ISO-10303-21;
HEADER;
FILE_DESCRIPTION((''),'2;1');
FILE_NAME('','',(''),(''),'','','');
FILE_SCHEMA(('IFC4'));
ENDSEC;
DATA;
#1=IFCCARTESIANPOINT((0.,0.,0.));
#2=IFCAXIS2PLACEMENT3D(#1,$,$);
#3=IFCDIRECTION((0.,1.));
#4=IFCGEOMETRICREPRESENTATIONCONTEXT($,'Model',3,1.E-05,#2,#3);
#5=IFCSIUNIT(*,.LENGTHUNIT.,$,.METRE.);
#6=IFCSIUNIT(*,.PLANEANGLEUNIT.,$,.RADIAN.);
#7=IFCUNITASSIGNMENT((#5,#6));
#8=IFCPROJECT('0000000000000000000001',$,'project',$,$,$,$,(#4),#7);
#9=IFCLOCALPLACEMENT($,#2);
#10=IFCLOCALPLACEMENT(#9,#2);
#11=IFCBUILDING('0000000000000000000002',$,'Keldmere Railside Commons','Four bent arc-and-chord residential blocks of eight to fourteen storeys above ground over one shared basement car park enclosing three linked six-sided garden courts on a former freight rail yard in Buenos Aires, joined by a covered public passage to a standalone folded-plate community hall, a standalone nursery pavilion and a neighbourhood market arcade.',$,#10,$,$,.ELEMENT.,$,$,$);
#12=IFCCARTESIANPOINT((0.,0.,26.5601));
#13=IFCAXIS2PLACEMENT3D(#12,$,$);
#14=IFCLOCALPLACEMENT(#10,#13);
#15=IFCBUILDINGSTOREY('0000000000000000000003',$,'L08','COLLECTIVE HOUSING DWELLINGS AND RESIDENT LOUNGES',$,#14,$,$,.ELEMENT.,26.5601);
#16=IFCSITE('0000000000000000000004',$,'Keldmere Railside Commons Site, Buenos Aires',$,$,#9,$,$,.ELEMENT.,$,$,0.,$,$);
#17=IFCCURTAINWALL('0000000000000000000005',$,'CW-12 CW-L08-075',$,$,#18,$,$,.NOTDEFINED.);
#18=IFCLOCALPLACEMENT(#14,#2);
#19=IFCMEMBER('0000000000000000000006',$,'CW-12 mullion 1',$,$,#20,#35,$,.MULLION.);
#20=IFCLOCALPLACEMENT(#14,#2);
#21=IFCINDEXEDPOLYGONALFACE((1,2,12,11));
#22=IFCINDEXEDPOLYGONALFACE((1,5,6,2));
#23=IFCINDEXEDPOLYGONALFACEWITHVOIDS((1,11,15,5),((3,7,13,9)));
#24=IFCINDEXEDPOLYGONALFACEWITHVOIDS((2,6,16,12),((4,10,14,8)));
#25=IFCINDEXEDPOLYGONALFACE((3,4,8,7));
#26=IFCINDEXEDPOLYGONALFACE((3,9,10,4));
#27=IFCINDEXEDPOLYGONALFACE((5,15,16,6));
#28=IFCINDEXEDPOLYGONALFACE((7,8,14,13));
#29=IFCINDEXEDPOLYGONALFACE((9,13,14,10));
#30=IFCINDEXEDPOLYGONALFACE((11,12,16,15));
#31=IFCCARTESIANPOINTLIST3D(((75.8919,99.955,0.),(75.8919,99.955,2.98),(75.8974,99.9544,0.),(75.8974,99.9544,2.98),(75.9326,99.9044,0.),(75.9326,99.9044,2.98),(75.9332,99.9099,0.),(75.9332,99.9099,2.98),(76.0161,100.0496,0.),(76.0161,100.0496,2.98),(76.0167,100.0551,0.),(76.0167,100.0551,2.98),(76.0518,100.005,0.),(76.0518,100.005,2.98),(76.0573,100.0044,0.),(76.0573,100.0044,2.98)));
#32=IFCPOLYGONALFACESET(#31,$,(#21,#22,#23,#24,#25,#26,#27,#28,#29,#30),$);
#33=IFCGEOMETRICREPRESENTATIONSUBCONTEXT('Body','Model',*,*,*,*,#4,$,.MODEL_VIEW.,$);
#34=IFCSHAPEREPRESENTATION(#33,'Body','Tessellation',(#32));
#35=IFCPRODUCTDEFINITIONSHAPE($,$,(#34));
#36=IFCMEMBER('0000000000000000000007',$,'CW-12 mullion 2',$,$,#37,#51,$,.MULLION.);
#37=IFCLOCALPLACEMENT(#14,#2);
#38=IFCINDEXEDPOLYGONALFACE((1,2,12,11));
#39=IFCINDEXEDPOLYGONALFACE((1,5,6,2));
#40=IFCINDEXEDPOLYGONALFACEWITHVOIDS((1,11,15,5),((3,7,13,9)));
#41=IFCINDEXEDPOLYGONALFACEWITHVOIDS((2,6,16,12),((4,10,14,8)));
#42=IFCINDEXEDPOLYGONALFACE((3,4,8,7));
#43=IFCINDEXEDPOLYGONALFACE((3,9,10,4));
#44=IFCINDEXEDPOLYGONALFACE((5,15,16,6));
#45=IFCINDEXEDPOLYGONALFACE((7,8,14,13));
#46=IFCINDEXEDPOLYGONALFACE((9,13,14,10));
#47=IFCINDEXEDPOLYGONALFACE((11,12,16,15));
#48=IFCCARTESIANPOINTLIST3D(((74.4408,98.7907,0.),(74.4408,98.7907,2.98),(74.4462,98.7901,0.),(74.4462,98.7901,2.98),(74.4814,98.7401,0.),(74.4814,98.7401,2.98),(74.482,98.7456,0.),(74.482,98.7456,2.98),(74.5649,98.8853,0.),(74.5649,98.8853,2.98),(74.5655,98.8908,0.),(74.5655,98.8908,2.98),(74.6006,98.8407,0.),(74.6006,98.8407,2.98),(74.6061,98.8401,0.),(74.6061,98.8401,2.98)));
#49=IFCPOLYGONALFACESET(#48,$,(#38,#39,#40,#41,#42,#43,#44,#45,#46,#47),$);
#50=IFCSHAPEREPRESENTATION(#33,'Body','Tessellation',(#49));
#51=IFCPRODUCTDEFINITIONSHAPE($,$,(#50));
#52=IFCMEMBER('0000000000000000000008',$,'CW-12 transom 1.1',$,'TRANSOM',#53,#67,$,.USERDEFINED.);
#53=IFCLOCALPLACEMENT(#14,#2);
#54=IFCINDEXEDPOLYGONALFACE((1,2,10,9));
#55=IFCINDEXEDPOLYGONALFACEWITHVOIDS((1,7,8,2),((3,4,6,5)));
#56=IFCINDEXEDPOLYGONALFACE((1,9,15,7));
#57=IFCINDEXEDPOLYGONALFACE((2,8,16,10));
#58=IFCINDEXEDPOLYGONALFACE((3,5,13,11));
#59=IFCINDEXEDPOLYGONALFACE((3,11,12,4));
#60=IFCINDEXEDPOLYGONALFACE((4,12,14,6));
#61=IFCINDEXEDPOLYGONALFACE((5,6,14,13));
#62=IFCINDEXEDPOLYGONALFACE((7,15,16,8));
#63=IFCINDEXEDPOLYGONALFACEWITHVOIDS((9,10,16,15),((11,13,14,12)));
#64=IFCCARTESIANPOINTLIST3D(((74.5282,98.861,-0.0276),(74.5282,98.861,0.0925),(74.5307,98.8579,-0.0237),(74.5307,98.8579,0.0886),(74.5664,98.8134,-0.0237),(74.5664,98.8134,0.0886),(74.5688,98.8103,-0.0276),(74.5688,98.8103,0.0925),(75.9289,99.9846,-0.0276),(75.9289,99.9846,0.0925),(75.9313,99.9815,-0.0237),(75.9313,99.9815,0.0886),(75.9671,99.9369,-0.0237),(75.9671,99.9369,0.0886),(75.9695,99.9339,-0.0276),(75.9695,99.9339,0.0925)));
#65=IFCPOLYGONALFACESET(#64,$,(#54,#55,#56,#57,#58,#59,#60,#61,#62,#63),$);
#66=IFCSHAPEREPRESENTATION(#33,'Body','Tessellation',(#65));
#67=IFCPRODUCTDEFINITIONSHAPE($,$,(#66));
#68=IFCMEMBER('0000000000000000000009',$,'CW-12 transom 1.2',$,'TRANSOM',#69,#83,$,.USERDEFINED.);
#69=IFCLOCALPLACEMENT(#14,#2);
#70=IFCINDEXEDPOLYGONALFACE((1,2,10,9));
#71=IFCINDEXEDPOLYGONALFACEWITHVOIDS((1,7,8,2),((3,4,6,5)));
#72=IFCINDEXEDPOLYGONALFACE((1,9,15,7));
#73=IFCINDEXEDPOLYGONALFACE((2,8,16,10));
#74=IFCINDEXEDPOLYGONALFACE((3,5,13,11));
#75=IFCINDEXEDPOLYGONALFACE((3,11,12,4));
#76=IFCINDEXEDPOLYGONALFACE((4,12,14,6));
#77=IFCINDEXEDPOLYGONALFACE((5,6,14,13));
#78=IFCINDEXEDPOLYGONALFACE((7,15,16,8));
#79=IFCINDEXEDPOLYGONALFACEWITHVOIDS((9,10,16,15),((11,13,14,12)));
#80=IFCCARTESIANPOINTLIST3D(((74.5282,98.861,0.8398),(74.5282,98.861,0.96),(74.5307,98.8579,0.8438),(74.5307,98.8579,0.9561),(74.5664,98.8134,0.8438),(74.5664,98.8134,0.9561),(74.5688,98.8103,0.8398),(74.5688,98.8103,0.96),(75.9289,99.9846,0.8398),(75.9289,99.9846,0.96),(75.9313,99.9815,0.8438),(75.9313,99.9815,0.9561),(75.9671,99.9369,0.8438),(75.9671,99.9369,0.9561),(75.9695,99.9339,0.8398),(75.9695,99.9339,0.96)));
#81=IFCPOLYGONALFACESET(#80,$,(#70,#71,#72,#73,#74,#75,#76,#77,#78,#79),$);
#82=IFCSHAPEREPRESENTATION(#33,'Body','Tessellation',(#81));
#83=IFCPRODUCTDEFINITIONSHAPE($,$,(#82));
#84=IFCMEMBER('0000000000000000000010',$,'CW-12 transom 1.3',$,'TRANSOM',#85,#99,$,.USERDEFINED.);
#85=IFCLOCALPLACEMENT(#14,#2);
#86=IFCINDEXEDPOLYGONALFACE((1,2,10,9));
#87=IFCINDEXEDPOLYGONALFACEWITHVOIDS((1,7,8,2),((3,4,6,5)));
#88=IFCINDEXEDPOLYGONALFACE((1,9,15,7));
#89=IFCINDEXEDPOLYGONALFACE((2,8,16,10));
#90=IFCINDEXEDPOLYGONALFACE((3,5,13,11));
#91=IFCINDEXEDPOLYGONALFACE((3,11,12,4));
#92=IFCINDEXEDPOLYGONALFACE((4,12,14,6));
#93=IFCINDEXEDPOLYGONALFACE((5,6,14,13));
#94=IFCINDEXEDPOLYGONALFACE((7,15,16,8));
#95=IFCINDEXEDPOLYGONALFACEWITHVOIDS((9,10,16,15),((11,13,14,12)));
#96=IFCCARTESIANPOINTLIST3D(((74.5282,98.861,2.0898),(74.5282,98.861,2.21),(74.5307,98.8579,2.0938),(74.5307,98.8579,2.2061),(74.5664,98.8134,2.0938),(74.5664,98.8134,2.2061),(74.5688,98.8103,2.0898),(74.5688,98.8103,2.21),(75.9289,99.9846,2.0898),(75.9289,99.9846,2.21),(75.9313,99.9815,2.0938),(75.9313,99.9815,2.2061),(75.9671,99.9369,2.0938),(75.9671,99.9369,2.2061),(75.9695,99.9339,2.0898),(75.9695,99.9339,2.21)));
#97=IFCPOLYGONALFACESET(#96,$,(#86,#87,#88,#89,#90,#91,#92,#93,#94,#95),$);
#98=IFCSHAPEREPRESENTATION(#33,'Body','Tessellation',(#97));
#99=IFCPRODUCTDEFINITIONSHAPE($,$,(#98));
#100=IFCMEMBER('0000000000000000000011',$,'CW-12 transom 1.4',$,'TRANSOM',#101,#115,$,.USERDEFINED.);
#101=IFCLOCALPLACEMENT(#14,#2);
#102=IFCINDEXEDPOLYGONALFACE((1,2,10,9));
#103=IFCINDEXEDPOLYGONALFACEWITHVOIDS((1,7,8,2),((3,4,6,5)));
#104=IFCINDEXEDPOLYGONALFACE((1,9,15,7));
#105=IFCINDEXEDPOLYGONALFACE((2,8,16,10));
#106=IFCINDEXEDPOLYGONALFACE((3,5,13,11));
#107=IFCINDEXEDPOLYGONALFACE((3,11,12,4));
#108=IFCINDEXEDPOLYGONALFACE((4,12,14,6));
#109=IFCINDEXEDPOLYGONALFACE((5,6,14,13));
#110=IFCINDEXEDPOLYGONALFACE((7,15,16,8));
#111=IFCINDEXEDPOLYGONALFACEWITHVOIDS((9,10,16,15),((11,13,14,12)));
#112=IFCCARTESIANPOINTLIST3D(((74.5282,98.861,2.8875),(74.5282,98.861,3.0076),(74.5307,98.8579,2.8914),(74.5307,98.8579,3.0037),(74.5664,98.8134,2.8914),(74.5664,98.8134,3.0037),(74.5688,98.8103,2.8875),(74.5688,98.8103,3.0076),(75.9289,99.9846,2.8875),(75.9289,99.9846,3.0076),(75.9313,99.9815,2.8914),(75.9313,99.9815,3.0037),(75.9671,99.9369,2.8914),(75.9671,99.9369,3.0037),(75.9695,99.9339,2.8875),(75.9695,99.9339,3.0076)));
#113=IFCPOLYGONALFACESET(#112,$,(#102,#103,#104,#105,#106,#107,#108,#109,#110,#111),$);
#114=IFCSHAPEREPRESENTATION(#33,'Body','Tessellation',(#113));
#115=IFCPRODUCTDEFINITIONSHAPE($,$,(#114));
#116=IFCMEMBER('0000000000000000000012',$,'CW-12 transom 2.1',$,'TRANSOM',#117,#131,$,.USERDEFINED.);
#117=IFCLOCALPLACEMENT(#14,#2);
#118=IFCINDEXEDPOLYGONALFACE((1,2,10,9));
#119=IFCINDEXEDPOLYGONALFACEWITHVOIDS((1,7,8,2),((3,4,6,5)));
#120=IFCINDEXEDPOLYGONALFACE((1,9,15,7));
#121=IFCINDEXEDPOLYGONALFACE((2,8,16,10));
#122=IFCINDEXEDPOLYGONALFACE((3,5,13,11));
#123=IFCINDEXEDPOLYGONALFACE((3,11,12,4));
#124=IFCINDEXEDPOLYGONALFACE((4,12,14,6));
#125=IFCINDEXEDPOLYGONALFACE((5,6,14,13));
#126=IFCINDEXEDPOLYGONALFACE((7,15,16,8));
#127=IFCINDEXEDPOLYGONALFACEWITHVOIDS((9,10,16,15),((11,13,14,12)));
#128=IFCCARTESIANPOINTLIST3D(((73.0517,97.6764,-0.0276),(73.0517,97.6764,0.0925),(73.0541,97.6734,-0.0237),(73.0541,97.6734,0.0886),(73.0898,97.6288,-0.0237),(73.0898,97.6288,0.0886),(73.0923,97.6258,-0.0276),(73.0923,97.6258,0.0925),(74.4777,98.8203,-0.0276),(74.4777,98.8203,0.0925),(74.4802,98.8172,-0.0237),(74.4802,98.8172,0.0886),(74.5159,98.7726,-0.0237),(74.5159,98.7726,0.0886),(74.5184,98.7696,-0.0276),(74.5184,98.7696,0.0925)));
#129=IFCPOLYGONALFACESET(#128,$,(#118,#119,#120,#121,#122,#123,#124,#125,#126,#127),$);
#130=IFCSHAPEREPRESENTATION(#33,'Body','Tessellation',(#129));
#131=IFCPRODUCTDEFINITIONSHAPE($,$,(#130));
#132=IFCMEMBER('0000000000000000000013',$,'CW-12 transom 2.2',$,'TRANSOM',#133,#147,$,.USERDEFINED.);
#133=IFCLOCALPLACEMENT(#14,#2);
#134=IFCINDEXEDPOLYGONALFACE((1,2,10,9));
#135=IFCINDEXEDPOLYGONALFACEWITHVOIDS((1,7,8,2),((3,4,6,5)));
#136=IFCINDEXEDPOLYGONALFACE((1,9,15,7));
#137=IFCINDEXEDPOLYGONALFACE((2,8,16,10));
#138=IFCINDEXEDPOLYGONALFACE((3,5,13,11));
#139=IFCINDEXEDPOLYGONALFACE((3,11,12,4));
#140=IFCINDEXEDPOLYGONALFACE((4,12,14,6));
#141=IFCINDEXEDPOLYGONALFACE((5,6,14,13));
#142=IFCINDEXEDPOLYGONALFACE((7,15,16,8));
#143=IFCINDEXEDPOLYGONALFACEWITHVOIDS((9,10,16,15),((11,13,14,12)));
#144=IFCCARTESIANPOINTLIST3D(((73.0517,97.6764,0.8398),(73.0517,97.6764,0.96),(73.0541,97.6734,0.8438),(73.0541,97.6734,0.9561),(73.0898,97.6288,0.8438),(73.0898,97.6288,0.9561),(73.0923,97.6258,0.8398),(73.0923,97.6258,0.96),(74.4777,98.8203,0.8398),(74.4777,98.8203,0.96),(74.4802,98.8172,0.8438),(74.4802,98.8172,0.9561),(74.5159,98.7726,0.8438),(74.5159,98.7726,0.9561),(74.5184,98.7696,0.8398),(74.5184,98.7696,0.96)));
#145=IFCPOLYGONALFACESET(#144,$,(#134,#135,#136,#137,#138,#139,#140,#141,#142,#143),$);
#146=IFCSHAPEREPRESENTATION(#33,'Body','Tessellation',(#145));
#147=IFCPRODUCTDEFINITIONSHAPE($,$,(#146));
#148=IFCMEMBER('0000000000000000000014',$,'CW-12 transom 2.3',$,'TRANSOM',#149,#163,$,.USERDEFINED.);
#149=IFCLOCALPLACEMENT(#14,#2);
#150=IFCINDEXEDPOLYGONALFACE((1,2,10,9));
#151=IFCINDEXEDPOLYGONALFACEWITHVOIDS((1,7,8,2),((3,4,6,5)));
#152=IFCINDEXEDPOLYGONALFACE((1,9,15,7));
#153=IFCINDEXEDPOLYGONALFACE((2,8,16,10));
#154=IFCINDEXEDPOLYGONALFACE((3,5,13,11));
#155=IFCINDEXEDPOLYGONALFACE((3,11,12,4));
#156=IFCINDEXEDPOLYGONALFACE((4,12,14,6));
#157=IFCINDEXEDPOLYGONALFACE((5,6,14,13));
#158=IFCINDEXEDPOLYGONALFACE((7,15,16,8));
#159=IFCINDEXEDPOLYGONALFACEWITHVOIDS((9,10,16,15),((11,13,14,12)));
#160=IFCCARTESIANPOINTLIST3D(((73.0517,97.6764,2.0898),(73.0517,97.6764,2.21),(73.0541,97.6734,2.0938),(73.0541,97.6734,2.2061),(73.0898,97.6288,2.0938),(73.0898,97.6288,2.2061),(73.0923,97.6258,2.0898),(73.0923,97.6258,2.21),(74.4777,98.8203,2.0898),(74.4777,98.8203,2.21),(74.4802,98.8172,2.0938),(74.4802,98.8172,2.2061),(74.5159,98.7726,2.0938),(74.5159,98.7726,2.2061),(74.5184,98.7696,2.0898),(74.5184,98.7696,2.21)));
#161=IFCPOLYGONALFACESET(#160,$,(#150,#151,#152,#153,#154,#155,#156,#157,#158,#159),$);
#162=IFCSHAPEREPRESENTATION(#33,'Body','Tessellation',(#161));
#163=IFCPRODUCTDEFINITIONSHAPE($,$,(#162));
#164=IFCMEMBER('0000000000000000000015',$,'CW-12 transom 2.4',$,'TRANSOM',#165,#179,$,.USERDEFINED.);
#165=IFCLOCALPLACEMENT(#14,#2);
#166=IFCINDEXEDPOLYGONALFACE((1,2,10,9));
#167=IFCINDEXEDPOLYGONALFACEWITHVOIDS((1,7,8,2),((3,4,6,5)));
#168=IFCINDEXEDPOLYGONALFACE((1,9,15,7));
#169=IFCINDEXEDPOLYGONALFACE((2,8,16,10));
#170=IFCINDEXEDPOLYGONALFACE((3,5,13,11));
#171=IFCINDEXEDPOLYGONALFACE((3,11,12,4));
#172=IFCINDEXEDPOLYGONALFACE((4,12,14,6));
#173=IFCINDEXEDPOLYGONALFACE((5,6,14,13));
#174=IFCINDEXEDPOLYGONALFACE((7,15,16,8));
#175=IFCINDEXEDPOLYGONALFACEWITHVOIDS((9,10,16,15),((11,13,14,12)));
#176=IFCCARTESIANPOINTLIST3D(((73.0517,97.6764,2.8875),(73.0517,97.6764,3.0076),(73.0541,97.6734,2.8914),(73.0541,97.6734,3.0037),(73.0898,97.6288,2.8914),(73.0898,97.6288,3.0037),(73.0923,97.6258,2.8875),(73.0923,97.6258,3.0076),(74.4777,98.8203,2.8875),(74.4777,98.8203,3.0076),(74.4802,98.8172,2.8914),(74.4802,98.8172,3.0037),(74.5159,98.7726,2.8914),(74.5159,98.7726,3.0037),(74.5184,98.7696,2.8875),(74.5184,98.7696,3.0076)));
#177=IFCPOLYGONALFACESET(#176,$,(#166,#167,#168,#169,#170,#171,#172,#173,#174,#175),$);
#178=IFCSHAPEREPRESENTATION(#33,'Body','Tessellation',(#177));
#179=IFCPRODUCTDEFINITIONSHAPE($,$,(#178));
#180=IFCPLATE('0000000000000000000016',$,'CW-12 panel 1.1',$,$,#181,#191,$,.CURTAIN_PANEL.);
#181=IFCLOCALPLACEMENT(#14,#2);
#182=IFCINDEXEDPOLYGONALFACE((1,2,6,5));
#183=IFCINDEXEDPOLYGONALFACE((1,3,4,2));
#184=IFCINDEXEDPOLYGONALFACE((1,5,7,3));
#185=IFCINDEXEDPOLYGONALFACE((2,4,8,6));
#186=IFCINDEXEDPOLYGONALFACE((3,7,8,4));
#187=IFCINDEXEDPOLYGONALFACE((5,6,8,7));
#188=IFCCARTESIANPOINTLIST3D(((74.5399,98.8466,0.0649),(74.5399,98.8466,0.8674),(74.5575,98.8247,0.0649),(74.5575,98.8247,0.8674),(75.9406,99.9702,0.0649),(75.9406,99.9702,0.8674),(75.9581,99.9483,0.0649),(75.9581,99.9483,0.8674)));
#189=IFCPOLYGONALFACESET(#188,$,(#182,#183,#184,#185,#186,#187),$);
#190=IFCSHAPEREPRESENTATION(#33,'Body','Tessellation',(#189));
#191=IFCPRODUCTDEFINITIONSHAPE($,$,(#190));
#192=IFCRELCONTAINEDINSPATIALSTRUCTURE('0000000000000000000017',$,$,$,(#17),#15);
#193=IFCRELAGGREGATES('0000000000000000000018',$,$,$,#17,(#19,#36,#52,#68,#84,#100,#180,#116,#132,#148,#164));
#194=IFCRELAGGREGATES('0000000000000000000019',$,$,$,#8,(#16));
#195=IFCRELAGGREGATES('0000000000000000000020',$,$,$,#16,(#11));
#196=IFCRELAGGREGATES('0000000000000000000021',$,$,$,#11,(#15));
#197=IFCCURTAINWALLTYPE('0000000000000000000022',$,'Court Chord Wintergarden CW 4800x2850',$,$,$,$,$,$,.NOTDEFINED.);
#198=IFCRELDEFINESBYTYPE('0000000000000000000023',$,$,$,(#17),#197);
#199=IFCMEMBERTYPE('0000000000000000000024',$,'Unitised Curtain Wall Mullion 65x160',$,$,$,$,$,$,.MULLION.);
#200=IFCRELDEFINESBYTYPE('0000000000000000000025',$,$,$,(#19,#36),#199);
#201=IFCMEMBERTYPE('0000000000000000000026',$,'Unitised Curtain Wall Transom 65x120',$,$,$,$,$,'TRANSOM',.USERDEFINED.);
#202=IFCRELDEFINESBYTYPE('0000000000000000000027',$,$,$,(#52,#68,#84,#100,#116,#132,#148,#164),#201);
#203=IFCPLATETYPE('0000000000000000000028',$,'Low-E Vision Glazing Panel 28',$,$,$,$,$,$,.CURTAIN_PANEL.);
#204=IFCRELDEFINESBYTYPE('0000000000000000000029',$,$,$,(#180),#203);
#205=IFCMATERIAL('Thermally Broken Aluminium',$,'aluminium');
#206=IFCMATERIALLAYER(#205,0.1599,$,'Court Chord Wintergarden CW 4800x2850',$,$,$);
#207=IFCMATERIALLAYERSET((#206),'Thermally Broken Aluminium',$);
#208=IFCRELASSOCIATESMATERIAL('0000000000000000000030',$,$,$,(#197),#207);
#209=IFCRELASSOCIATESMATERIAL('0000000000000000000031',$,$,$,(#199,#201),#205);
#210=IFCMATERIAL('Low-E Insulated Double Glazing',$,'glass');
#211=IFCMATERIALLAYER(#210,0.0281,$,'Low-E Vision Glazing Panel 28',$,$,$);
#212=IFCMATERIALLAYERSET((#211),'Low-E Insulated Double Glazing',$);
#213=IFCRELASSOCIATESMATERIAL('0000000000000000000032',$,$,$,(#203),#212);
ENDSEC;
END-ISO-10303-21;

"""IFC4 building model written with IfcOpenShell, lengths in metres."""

from ifc_helpers import new_model, si_unit, direction, frame, origin, origin_2d, place, context, subcontext, project, spatial, rectangle, hollow_rectangle, extrude, material, layer, layer_set, material_profile, profile_set, type_object, element, aggregate, save


model = new_model("IFC4")

# Units and contexts
model_context = context("Model", 3, precision=1e-05, world=origin(), true_north=direction((0.0, 1.0)))
body_context = subcontext(model_context, "Body", "Model", "MODEL_VIEW")
ifc_project = project(units=[si_unit("LENGTHUNIT", "METRE"), si_unit("PLANEANGLEUNIT", "RADIAN")], contexts=[model_context])

# Site, building, storey
site_placement = place(None, origin())
site = spatial("IfcSite", under=ifc_project, at=site_placement, Name="Keldmere Railside Commons Site, Buenos Aires", CompositionType="ELEMENT", RefElevation=0.0)
building_placement = place(site_placement, origin())
building = spatial("IfcBuilding", under=site, at=building_placement, Name="Keldmere Railside Commons", Description="Four bent arc-and-chord residential blocks of eight to fourteen storeys above ground over one shared basement car park enclosing three linked six-sided garden courts on a former freight rail yard in Buenos Aires, joined by a covered public passage to a standalone folded-plate community hall, a standalone nursery pavilion and a neighbourhood market arcade.", CompositionType="ELEMENT")
storey_placement = place(building_placement, frame((0.0, 0.0, 26.5601)))
storey = spatial("IfcBuildingStorey", under=building, at=storey_placement, Name="L08", Description="COLLECTIVE HOUSING DWELLINGS AND RESIDENT LOUNGES", CompositionType="ELEMENT", Elevation=26.5601)

# Curtain wall, members, plate
ifc_material_1 = material(Name="Thermally Broken Aluminium", Category="aluminium")
ifc_layer_1 = layer(ifc_material_1, 0.1599, Name="Court Chord Wintergarden CW 4800x2850")
ifc_layer_set_1 = layer_set([ifc_layer_1], Name="Thermally Broken Aluminium")
curtain_wall_type = type_object("IfcCurtainWallType", Name="Court Chord Wintergarden CW 4800x2850", PredefinedType="NOTDEFINED", material=ifc_layer_set_1)
curtain_wall_placement = place(storey_placement, origin())
curtain_wall = element("IfcCurtainWall", 1, at=curtain_wall_placement, inside=storey, type_object=curtain_wall_type, Name="CW-12 CW-L08-075", PredefinedType="NOTDEFINED")
ifc_material_profile_1 = material_profile(ifc_material_1, hollow_rectangle(XDim=0.0649, YDim=0.1599, WallThickness=0.0039, at=origin_2d()), Name="ALU-MULL-65x160")
ifc_profile_set_1 = profile_set([ifc_material_profile_1], Name="Thermally Broken Aluminium")
member_type_1 = type_object("IfcMemberType", Name="Unitised Curtain Wall Mullion 65x160", PredefinedType="MULLION", material=ifc_profile_set_1)
member_1_placement = place(storey_placement, frame((75.9746, 99.9797, 0.0), z_axis=(0.0, 0.0, 1.0), x_axis=(0.625768, -0.780009, 0.0)))
member_1 = element("IfcMember", 2, at=member_1_placement, type_object=member_type_1, Name="CW-12 mullion 1", PredefinedType="MULLION", context=body_context, shape_type="SweptSolid", body=[
    extrude(hollow_rectangle(XDim=0.0649, YDim=0.1599, WallThickness=0.0039, at=origin_2d()), origin(), (0.0, 0.0, 1.0), 2.98),
])
member_2_placement = place(storey_placement, frame((74.5234, 98.8154, 0.0), z_axis=(0.0, 0.0, 1.0), x_axis=(0.625768, -0.780009, 0.0)))
member_2 = element("IfcMember", 3, at=member_2_placement, type_object=member_type_1, Name="CW-12 mullion 2", PredefinedType="MULLION", context=body_context, shape_type="SweptSolid", body=[
    extrude(hollow_rectangle(XDim=0.0649, YDim=0.1599, WallThickness=0.0039, at=origin_2d()), origin(), (0.0, 0.0, 1.0), 2.98),
])
ifc_material_profile_2 = material_profile(ifc_material_1, hollow_rectangle(XDim=0.0649, YDim=0.1201, WallThickness=0.0039, at=origin_2d()), Name="ALU-TRAN-65x120")
ifc_profile_set_2 = profile_set([ifc_material_profile_2], Name="Thermally Broken Aluminium")
member_type_2 = type_object("IfcMemberType", Name="Unitised Curtain Wall Transom 65x120", ElementType="TRANSOM", PredefinedType="USERDEFINED", material=ifc_profile_set_2)
member_3_placement = place(storey_placement, frame((75.9492, 99.9592, 0.0325), z_axis=(-0.780046, -0.625723, 0.0), x_axis=(0.625723, -0.780046, 0.0)))
member_3 = element("IfcMember", 4, at=member_3_placement, type_object=member_type_2, Name="CW-12 transom 1.1", ObjectType="TRANSOM", PredefinedType="USERDEFINED", context=body_context, shape_type="SweptSolid", body=[
    extrude(hollow_rectangle(XDim=0.0649, YDim=0.1201, WallThickness=0.0039, at=origin_2d()), origin(), (0.0, 0.0, 1.0), 1.7957),
])
member_4_placement = place(storey_placement, frame((75.9492, 99.9592, 0.8999), z_axis=(-0.780046, -0.625723, 0.0), x_axis=(0.625723, -0.780046, 0.0)))
member_4 = element("IfcMember", 5, at=member_4_placement, type_object=member_type_2, Name="CW-12 transom 1.2", ObjectType="TRANSOM", PredefinedType="USERDEFINED", context=body_context, shape_type="SweptSolid", body=[
    extrude(hollow_rectangle(XDim=0.0649, YDim=0.1201, WallThickness=0.0039, at=origin_2d()), origin(), (0.0, 0.0, 1.0), 1.7957),
])
member_5_placement = place(storey_placement, frame((75.9492, 99.9592, 2.1499), z_axis=(-0.780046, -0.625723, 0.0), x_axis=(0.625723, -0.780046, 0.0)))
member_5 = element("IfcMember", 6, at=member_5_placement, type_object=member_type_2, Name="CW-12 transom 1.3", ObjectType="TRANSOM", PredefinedType="USERDEFINED", context=body_context, shape_type="SweptSolid", body=[
    extrude(hollow_rectangle(XDim=0.0649, YDim=0.1201, WallThickness=0.0039, at=origin_2d()), origin(), (0.0, 0.0, 1.0), 1.7957),
])
member_6_placement = place(storey_placement, frame((75.9492, 99.9592, 2.9475), z_axis=(-0.780046, -0.625723, 0.0), x_axis=(0.625723, -0.780046, 0.0)))
member_6 = element("IfcMember", 7, at=member_6_placement, type_object=member_type_2, Name="CW-12 transom 1.4", ObjectType="TRANSOM", PredefinedType="USERDEFINED", context=body_context, shape_type="SweptSolid", body=[
    extrude(hollow_rectangle(XDim=0.0649, YDim=0.1201, WallThickness=0.0039, at=origin_2d()), origin(), (0.0, 0.0, 1.0), 1.7957),
])
member_7_placement = place(storey_placement, frame((74.498, 98.7949, 0.0325), z_axis=(-0.780073, -0.625688, 0.0), x_axis=(0.625688, -0.780073, 0.0)))
member_7 = element("IfcMember", 8, at=member_7_placement, type_object=member_type_2, Name="CW-12 transom 2.1", ObjectType="TRANSOM", PredefinedType="USERDEFINED", context=body_context, shape_type="SweptSolid", body=[
    extrude(hollow_rectangle(XDim=0.0649, YDim=0.1201, WallThickness=0.0039, at=origin_2d()), origin(), (0.0, 0.0, 1.0), 1.8281),
])
member_8_placement = place(storey_placement, frame((74.498, 98.7949, 0.8999), z_axis=(-0.780073, -0.625688, 0.0), x_axis=(0.625688, -0.780073, 0.0)))
member_8 = element("IfcMember", 9, at=member_8_placement, type_object=member_type_2, Name="CW-12 transom 2.2", ObjectType="TRANSOM", PredefinedType="USERDEFINED", context=body_context, shape_type="SweptSolid", body=[
    extrude(hollow_rectangle(XDim=0.0649, YDim=0.1201, WallThickness=0.0039, at=origin_2d()), origin(), (0.0, 0.0, 1.0), 1.8281),
])
member_9_placement = place(storey_placement, frame((74.498, 98.7949, 2.1499), z_axis=(-0.780073, -0.625688, 0.0), x_axis=(0.625688, -0.780073, 0.0)))
member_9 = element("IfcMember", 10, at=member_9_placement, type_object=member_type_2, Name="CW-12 transom 2.3", ObjectType="TRANSOM", PredefinedType="USERDEFINED", context=body_context, shape_type="SweptSolid", body=[
    extrude(hollow_rectangle(XDim=0.0649, YDim=0.1201, WallThickness=0.0039, at=origin_2d()), origin(), (0.0, 0.0, 1.0), 1.8281),
])
member_10_placement = place(storey_placement, frame((74.498, 98.7949, 2.9475), z_axis=(-0.780073, -0.625688, 0.0), x_axis=(0.625688, -0.780073, 0.0)))
member_10 = element("IfcMember", 11, at=member_10_placement, type_object=member_type_2, Name="CW-12 transom 2.4", ObjectType="TRANSOM", PredefinedType="USERDEFINED", context=body_context, shape_type="SweptSolid", body=[
    extrude(hollow_rectangle(XDim=0.0649, YDim=0.1201, WallThickness=0.0039, at=origin_2d()), origin(), (0.0, 0.0, 1.0), 1.8281),
])
ifc_material_2 = material(Name="Low-E Insulated Double Glazing", Category="glass")
ifc_layer_2 = layer(ifc_material_2, 0.0281, Name="Low-E Vision Glazing Panel 28")
ifc_layer_set_2 = layer_set([ifc_layer_2], Name="Low-E Insulated Double Glazing")
plate_type = type_object("IfcPlateType", Name="Low-E Vision Glazing Panel 28", PredefinedType="CURTAIN_PANEL", material=ifc_layer_set_2)
plate_1_placement = place(storey_placement, frame((75.249, 99.3975, 0.0649), z_axis=(0.0, 0.0, 1.0), x_axis=(-0.780009, -0.625768, 0.0)))
plate_1 = element("IfcPlate", 12, at=plate_1_placement, type_object=plate_type, Name="CW-12 panel 1.1", PredefinedType="CURTAIN_PANEL", context=body_context, shape_type="SweptSolid", body=[
    extrude(rectangle(XDim=1.7957, YDim=0.0281, at=origin_2d()), origin(), (0.0, 0.0, 1.0), 0.8025),
])
aggregate(curtain_wall, [member_1, member_2, member_3, member_4, member_5, member_6, plate_1, member_7, member_8, member_9, member_10])

save(model, "model.ifc")
